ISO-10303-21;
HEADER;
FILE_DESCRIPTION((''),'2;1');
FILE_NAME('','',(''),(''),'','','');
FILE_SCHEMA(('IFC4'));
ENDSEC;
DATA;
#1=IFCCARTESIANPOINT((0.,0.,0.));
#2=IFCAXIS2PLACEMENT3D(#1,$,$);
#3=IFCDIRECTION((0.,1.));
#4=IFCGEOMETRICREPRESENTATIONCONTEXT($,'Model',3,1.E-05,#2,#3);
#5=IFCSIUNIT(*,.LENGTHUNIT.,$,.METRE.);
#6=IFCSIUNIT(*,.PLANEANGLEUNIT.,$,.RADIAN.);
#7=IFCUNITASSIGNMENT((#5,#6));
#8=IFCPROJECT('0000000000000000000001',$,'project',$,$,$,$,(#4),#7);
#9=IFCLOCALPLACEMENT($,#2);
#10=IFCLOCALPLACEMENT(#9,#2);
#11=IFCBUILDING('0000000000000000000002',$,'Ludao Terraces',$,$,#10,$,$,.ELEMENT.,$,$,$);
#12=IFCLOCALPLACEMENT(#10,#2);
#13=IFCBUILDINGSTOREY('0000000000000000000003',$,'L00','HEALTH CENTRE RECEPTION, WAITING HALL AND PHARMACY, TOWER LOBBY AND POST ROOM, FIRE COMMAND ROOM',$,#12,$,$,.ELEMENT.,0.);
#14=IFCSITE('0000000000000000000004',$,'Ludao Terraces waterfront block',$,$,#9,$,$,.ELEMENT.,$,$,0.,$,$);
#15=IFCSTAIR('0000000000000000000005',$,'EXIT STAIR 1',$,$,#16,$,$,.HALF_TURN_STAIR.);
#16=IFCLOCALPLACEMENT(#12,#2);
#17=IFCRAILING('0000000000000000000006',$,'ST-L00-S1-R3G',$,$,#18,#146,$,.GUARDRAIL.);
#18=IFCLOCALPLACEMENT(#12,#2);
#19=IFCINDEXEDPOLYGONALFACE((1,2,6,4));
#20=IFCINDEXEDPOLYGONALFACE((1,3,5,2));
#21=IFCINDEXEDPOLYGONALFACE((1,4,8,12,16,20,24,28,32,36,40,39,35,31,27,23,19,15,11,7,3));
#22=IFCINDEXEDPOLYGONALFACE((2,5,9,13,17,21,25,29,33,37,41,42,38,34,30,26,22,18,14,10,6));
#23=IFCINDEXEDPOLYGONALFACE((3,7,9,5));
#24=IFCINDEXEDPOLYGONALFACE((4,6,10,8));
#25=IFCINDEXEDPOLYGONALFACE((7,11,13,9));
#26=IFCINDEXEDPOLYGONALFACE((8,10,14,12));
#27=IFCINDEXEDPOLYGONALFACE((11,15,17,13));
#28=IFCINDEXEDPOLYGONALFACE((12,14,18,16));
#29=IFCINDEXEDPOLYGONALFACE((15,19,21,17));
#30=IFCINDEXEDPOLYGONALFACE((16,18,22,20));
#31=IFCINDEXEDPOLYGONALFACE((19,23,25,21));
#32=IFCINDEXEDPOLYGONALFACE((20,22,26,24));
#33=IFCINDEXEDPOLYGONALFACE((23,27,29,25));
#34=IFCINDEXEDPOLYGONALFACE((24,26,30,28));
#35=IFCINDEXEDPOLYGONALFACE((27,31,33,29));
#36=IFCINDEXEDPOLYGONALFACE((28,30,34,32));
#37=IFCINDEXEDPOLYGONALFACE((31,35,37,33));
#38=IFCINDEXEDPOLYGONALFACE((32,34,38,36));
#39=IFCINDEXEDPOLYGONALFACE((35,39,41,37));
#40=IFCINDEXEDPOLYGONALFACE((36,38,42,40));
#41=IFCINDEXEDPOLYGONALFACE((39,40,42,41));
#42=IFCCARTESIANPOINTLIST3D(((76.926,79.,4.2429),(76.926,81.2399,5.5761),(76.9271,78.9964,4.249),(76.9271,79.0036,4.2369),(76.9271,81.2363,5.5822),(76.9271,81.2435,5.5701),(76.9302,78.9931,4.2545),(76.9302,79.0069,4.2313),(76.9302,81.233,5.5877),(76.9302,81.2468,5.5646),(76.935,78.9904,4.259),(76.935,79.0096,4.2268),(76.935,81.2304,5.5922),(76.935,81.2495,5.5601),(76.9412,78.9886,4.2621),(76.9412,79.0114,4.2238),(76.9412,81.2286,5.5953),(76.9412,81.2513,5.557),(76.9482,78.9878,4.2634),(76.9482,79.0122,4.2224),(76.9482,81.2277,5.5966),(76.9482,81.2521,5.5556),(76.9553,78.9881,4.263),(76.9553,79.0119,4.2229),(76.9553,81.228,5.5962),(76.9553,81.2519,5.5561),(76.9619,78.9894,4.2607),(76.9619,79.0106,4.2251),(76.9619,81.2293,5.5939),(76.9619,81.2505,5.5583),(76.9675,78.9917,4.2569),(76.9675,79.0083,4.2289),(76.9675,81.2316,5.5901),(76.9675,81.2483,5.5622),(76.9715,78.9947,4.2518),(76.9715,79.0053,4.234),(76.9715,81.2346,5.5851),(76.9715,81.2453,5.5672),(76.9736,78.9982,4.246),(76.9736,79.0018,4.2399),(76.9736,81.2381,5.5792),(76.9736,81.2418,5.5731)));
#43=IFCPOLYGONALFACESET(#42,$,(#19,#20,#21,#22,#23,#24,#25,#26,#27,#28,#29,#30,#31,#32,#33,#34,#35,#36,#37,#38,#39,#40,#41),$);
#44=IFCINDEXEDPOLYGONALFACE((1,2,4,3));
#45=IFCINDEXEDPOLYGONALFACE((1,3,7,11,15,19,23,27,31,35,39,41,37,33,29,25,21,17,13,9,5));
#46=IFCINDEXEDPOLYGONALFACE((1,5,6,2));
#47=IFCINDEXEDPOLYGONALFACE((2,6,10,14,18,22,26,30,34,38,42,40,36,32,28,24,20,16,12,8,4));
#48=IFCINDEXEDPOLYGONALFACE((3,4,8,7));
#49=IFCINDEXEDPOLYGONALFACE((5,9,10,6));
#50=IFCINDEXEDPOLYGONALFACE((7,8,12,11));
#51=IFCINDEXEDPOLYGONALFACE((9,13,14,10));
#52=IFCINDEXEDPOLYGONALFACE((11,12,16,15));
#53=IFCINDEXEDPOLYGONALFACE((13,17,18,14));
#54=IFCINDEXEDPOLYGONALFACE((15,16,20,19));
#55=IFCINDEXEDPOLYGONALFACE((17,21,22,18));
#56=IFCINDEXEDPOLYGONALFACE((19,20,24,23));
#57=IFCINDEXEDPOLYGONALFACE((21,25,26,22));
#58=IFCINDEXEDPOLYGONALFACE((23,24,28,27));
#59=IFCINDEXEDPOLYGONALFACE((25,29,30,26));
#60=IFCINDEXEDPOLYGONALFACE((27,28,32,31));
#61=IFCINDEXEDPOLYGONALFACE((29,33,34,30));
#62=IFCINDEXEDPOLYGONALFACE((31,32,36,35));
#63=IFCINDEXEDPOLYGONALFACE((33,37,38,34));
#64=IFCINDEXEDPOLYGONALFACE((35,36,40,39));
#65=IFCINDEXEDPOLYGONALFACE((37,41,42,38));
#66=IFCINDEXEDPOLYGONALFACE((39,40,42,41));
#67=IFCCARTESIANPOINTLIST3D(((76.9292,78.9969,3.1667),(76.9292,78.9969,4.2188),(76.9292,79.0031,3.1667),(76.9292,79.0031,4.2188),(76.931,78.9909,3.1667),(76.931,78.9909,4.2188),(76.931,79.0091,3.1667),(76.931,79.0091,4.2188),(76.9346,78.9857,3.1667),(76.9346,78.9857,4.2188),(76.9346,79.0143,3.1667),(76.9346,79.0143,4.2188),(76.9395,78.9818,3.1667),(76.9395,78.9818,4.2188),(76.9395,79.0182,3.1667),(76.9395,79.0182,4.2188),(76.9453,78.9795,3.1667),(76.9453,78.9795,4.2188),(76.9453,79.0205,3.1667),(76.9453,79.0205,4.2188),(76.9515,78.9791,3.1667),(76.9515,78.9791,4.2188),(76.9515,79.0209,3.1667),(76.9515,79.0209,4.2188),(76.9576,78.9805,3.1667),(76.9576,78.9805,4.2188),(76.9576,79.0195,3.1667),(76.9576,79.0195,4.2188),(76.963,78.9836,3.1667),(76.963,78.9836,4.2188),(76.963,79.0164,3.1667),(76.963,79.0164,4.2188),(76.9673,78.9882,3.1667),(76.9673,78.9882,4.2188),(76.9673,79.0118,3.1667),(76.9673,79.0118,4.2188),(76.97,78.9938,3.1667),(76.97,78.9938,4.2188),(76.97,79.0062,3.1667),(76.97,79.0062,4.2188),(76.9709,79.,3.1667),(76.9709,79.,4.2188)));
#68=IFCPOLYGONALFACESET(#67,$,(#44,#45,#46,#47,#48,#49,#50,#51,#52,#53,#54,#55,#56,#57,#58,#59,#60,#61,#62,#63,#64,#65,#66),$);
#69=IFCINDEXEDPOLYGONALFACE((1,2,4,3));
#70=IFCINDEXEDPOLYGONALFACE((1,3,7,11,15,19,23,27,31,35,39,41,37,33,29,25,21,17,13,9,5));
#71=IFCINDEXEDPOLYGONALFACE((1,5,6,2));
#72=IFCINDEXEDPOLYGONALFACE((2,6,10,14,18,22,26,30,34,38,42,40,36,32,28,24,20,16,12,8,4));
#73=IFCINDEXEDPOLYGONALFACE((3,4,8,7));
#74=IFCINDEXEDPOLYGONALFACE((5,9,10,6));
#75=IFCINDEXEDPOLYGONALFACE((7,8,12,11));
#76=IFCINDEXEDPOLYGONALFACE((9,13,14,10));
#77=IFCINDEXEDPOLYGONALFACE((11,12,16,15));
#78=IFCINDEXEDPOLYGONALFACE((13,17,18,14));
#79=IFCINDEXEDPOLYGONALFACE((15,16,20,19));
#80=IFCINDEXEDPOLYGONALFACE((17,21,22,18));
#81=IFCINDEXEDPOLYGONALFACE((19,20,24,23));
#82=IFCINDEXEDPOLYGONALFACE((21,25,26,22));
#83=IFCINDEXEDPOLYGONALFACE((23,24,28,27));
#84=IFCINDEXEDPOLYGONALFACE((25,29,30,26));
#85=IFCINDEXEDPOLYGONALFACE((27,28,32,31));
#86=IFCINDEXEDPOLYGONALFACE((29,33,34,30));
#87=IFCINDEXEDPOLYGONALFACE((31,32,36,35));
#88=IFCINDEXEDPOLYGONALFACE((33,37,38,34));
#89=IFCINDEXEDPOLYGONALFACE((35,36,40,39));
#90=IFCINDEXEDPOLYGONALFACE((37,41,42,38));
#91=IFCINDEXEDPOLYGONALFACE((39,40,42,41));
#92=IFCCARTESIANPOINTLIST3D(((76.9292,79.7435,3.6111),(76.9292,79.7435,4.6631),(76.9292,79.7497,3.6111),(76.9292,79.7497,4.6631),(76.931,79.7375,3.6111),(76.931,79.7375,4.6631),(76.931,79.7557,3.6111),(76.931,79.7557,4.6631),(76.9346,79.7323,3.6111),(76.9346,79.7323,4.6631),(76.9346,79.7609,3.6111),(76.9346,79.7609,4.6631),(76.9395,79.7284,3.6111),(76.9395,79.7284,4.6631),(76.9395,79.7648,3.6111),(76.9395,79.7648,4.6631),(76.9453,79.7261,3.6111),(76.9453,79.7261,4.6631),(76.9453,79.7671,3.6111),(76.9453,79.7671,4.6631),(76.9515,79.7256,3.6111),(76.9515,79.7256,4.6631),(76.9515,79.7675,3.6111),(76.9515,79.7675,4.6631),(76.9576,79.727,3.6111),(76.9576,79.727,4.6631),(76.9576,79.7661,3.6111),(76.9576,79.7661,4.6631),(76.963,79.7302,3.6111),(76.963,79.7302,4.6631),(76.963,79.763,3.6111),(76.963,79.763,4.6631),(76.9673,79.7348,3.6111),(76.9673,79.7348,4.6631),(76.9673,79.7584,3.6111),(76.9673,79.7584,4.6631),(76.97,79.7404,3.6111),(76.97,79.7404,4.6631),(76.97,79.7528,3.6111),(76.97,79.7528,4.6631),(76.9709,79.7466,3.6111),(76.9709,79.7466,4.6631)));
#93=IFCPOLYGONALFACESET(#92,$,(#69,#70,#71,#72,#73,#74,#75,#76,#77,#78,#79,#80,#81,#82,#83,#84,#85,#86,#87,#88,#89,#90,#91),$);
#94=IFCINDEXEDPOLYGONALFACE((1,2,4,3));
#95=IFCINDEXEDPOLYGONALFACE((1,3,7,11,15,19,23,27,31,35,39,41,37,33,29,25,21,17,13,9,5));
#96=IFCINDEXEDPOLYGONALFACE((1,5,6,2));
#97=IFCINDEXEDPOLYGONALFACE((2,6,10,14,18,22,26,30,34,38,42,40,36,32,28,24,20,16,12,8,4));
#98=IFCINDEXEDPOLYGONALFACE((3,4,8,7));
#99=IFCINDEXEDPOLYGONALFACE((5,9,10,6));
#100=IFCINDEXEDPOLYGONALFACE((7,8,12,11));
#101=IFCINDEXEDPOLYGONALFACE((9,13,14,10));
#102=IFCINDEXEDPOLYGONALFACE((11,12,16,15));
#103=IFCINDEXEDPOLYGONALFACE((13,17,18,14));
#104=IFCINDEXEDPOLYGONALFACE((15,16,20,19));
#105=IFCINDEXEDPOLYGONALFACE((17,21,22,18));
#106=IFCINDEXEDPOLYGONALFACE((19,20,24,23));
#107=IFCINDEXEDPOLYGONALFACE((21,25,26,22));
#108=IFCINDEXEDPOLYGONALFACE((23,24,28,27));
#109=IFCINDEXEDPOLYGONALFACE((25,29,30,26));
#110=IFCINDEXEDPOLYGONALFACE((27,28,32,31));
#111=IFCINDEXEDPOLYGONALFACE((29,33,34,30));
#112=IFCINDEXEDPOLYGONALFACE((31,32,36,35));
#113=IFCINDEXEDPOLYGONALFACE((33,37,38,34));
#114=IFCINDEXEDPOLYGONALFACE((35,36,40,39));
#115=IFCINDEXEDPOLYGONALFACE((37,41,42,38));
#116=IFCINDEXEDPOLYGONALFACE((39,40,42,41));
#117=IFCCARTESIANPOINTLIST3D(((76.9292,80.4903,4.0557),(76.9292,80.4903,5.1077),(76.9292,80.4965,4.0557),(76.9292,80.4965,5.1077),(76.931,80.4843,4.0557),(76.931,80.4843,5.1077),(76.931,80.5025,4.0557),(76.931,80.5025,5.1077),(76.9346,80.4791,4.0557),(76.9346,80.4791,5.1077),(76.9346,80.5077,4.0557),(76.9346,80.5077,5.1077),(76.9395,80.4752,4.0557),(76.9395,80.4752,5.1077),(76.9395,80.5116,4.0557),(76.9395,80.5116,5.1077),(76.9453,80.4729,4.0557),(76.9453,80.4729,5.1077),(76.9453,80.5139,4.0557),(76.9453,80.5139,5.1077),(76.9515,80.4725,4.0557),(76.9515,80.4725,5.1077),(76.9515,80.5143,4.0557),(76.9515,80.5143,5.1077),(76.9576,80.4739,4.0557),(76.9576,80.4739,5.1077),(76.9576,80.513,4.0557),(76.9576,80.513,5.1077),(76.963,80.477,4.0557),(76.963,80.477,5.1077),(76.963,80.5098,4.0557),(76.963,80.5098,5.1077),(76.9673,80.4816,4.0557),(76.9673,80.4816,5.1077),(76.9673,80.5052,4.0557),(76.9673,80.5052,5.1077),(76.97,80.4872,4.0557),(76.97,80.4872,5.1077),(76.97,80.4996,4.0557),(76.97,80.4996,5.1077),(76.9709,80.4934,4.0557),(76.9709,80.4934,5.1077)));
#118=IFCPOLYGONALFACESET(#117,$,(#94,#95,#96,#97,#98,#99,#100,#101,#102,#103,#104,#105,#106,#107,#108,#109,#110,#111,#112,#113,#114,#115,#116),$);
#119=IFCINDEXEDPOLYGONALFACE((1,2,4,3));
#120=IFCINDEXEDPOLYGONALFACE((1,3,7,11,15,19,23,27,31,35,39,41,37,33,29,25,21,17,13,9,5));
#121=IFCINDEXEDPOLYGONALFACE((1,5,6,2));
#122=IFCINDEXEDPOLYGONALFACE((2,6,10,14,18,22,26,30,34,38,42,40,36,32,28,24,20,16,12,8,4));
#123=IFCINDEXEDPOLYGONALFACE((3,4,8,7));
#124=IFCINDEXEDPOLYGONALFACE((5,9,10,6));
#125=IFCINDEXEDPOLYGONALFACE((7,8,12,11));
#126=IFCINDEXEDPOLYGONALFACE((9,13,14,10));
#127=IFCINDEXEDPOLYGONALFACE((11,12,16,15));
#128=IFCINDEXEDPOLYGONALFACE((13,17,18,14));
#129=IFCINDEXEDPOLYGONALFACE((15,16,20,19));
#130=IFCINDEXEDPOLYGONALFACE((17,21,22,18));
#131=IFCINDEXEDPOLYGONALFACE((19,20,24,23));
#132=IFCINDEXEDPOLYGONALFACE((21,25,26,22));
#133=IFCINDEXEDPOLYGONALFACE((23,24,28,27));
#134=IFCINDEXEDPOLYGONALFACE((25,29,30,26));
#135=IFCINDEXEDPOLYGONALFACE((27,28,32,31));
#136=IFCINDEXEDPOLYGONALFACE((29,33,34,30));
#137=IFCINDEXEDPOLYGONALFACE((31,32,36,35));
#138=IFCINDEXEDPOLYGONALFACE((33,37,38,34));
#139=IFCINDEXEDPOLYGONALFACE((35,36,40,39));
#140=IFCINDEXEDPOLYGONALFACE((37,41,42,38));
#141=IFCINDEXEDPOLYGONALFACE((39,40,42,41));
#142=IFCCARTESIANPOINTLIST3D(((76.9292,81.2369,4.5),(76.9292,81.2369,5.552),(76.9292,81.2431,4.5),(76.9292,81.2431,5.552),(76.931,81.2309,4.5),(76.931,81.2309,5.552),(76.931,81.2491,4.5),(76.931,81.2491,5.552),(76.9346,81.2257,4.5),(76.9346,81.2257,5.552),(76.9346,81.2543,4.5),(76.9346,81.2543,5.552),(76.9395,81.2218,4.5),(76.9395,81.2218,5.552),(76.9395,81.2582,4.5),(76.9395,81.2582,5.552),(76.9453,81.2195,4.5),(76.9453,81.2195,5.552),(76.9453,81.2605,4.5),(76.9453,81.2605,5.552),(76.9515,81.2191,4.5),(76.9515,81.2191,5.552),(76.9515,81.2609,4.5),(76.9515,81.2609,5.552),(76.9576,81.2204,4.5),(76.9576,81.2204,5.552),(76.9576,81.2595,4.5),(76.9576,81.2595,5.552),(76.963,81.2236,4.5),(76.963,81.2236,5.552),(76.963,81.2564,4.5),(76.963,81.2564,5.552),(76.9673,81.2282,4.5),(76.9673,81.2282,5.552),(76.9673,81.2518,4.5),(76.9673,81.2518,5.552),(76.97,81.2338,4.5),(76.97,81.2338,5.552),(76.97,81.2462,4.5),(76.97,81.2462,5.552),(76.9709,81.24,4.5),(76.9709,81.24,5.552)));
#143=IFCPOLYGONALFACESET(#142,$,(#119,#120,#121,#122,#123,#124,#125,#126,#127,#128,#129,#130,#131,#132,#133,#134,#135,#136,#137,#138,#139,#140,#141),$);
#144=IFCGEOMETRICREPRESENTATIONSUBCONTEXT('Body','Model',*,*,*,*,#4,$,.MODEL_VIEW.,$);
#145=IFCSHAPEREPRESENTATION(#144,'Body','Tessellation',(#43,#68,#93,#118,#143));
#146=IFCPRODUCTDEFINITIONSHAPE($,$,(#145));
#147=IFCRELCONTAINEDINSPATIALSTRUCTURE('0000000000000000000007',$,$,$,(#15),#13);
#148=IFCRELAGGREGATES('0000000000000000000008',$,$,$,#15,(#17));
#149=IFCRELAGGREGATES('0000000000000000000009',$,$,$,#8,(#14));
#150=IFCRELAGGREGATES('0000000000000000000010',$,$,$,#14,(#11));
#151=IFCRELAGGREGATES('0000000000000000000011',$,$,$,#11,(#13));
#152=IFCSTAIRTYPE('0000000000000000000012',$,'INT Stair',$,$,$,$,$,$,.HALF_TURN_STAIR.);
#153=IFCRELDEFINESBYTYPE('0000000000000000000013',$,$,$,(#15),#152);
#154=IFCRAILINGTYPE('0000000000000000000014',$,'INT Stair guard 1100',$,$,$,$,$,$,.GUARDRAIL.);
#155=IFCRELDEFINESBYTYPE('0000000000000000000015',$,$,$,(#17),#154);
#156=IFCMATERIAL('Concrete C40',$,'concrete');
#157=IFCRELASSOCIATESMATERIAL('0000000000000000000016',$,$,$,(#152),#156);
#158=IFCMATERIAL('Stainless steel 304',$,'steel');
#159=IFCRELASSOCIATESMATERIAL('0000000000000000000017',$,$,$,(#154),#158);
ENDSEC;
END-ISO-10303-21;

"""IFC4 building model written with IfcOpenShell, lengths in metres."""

from ifc_helpers import new_model, si_unit, direction, frame, origin, origin_2d, place, context, subcontext, project, spatial, circle, extrude, material, type_object, element, aggregate, save


model = new_model("IFC4")

# Units and contexts
model_context = context("Model", 3, precision=1e-05, world=origin(), true_north=direction((0.0, 1.0)))
body_context = subcontext(model_context, "Body", "Model", "MODEL_VIEW")
ifc_project = project(units=[si_unit("LENGTHUNIT", "METRE"), si_unit("PLANEANGLEUNIT", "RADIAN")], contexts=[model_context])

# Site, building, storey
site_placement = place(None, origin())
site = spatial("IfcSite", under=ifc_project, at=site_placement, Name="Ludao Terraces waterfront block", CompositionType="ELEMENT", RefElevation=0.0)
building_placement = place(site_placement, origin())
building = spatial("IfcBuilding", under=site, at=building_placement, Name="Ludao Terraces", CompositionType="ELEMENT")
storey_placement = place(building_placement, origin())
storey = spatial("IfcBuildingStorey", under=building, at=storey_placement, Name="L00", Description="HEALTH CENTRE RECEPTION, WAITING HALL AND PHARMACY, TOWER LOBBY AND POST ROOM, FIRE COMMAND ROOM", CompositionType="ELEMENT", Elevation=0.0)

# Shared definitions
ifc_material_1 = material(Name="Concrete C40", Category="concrete")

# Stair, railing
stair_type = type_object("IfcStairType", Name="INT Stair", PredefinedType="HALF_TURN_STAIR", material=ifc_material_1)
stair_placement = place(storey_placement, origin())
stair = element("IfcStair", 1, at=stair_placement, inside=storey, type_object=stair_type, Name="EXIT STAIR 1", PredefinedType="HALF_TURN_STAIR")
ifc_material_2 = material(Name="Stainless steel 304", Category="steel")
railing_type_1 = type_object("IfcRailingType", Name="INT Stair guard 1100", PredefinedType="GUARDRAIL", material=ifc_material_2)
railing_1_placement = place(storey_placement, frame((76.95, 79.0, 3.1667)))
railing_1 = element("IfcRailing", 2, at=railing_1_placement, type_object=railing_type_1, Name="ST-L00-S1-R3G", PredefinedType="GUARDRAIL", context=body_context, shape_type="SweptSolid", body=[
    extrude(circle(Radius=0.0239, at=origin_2d()), frame((0.0, 0.0, 1.0762), z_axis=(0.0, 0.859306, 0.511462), x_axis=(-1.0, 0.0, 0.0)), (0.0, 0.0, 1.0), 2.6067),
    extrude(circle(Radius=0.021, at=origin_2d()), origin(), (0.0, 0.0, 1.0), 1.052),
    extrude(circle(Radius=0.021, at=origin_2d()), frame((0.0, 0.7466, 0.4443)), (0.0, 0.0, 1.0), 1.052),
    extrude(circle(Radius=0.021, at=origin_2d()), frame((0.0, 1.4934, 0.8889)), (0.0, 0.0, 1.0), 1.052),
    extrude(circle(Radius=0.021, at=origin_2d()), frame((0.0, 2.24, 1.3333)), (0.0, 0.0, 1.0), 1.052),
])
aggregate(stair, [railing_1])

save(model, "model.ifc")
